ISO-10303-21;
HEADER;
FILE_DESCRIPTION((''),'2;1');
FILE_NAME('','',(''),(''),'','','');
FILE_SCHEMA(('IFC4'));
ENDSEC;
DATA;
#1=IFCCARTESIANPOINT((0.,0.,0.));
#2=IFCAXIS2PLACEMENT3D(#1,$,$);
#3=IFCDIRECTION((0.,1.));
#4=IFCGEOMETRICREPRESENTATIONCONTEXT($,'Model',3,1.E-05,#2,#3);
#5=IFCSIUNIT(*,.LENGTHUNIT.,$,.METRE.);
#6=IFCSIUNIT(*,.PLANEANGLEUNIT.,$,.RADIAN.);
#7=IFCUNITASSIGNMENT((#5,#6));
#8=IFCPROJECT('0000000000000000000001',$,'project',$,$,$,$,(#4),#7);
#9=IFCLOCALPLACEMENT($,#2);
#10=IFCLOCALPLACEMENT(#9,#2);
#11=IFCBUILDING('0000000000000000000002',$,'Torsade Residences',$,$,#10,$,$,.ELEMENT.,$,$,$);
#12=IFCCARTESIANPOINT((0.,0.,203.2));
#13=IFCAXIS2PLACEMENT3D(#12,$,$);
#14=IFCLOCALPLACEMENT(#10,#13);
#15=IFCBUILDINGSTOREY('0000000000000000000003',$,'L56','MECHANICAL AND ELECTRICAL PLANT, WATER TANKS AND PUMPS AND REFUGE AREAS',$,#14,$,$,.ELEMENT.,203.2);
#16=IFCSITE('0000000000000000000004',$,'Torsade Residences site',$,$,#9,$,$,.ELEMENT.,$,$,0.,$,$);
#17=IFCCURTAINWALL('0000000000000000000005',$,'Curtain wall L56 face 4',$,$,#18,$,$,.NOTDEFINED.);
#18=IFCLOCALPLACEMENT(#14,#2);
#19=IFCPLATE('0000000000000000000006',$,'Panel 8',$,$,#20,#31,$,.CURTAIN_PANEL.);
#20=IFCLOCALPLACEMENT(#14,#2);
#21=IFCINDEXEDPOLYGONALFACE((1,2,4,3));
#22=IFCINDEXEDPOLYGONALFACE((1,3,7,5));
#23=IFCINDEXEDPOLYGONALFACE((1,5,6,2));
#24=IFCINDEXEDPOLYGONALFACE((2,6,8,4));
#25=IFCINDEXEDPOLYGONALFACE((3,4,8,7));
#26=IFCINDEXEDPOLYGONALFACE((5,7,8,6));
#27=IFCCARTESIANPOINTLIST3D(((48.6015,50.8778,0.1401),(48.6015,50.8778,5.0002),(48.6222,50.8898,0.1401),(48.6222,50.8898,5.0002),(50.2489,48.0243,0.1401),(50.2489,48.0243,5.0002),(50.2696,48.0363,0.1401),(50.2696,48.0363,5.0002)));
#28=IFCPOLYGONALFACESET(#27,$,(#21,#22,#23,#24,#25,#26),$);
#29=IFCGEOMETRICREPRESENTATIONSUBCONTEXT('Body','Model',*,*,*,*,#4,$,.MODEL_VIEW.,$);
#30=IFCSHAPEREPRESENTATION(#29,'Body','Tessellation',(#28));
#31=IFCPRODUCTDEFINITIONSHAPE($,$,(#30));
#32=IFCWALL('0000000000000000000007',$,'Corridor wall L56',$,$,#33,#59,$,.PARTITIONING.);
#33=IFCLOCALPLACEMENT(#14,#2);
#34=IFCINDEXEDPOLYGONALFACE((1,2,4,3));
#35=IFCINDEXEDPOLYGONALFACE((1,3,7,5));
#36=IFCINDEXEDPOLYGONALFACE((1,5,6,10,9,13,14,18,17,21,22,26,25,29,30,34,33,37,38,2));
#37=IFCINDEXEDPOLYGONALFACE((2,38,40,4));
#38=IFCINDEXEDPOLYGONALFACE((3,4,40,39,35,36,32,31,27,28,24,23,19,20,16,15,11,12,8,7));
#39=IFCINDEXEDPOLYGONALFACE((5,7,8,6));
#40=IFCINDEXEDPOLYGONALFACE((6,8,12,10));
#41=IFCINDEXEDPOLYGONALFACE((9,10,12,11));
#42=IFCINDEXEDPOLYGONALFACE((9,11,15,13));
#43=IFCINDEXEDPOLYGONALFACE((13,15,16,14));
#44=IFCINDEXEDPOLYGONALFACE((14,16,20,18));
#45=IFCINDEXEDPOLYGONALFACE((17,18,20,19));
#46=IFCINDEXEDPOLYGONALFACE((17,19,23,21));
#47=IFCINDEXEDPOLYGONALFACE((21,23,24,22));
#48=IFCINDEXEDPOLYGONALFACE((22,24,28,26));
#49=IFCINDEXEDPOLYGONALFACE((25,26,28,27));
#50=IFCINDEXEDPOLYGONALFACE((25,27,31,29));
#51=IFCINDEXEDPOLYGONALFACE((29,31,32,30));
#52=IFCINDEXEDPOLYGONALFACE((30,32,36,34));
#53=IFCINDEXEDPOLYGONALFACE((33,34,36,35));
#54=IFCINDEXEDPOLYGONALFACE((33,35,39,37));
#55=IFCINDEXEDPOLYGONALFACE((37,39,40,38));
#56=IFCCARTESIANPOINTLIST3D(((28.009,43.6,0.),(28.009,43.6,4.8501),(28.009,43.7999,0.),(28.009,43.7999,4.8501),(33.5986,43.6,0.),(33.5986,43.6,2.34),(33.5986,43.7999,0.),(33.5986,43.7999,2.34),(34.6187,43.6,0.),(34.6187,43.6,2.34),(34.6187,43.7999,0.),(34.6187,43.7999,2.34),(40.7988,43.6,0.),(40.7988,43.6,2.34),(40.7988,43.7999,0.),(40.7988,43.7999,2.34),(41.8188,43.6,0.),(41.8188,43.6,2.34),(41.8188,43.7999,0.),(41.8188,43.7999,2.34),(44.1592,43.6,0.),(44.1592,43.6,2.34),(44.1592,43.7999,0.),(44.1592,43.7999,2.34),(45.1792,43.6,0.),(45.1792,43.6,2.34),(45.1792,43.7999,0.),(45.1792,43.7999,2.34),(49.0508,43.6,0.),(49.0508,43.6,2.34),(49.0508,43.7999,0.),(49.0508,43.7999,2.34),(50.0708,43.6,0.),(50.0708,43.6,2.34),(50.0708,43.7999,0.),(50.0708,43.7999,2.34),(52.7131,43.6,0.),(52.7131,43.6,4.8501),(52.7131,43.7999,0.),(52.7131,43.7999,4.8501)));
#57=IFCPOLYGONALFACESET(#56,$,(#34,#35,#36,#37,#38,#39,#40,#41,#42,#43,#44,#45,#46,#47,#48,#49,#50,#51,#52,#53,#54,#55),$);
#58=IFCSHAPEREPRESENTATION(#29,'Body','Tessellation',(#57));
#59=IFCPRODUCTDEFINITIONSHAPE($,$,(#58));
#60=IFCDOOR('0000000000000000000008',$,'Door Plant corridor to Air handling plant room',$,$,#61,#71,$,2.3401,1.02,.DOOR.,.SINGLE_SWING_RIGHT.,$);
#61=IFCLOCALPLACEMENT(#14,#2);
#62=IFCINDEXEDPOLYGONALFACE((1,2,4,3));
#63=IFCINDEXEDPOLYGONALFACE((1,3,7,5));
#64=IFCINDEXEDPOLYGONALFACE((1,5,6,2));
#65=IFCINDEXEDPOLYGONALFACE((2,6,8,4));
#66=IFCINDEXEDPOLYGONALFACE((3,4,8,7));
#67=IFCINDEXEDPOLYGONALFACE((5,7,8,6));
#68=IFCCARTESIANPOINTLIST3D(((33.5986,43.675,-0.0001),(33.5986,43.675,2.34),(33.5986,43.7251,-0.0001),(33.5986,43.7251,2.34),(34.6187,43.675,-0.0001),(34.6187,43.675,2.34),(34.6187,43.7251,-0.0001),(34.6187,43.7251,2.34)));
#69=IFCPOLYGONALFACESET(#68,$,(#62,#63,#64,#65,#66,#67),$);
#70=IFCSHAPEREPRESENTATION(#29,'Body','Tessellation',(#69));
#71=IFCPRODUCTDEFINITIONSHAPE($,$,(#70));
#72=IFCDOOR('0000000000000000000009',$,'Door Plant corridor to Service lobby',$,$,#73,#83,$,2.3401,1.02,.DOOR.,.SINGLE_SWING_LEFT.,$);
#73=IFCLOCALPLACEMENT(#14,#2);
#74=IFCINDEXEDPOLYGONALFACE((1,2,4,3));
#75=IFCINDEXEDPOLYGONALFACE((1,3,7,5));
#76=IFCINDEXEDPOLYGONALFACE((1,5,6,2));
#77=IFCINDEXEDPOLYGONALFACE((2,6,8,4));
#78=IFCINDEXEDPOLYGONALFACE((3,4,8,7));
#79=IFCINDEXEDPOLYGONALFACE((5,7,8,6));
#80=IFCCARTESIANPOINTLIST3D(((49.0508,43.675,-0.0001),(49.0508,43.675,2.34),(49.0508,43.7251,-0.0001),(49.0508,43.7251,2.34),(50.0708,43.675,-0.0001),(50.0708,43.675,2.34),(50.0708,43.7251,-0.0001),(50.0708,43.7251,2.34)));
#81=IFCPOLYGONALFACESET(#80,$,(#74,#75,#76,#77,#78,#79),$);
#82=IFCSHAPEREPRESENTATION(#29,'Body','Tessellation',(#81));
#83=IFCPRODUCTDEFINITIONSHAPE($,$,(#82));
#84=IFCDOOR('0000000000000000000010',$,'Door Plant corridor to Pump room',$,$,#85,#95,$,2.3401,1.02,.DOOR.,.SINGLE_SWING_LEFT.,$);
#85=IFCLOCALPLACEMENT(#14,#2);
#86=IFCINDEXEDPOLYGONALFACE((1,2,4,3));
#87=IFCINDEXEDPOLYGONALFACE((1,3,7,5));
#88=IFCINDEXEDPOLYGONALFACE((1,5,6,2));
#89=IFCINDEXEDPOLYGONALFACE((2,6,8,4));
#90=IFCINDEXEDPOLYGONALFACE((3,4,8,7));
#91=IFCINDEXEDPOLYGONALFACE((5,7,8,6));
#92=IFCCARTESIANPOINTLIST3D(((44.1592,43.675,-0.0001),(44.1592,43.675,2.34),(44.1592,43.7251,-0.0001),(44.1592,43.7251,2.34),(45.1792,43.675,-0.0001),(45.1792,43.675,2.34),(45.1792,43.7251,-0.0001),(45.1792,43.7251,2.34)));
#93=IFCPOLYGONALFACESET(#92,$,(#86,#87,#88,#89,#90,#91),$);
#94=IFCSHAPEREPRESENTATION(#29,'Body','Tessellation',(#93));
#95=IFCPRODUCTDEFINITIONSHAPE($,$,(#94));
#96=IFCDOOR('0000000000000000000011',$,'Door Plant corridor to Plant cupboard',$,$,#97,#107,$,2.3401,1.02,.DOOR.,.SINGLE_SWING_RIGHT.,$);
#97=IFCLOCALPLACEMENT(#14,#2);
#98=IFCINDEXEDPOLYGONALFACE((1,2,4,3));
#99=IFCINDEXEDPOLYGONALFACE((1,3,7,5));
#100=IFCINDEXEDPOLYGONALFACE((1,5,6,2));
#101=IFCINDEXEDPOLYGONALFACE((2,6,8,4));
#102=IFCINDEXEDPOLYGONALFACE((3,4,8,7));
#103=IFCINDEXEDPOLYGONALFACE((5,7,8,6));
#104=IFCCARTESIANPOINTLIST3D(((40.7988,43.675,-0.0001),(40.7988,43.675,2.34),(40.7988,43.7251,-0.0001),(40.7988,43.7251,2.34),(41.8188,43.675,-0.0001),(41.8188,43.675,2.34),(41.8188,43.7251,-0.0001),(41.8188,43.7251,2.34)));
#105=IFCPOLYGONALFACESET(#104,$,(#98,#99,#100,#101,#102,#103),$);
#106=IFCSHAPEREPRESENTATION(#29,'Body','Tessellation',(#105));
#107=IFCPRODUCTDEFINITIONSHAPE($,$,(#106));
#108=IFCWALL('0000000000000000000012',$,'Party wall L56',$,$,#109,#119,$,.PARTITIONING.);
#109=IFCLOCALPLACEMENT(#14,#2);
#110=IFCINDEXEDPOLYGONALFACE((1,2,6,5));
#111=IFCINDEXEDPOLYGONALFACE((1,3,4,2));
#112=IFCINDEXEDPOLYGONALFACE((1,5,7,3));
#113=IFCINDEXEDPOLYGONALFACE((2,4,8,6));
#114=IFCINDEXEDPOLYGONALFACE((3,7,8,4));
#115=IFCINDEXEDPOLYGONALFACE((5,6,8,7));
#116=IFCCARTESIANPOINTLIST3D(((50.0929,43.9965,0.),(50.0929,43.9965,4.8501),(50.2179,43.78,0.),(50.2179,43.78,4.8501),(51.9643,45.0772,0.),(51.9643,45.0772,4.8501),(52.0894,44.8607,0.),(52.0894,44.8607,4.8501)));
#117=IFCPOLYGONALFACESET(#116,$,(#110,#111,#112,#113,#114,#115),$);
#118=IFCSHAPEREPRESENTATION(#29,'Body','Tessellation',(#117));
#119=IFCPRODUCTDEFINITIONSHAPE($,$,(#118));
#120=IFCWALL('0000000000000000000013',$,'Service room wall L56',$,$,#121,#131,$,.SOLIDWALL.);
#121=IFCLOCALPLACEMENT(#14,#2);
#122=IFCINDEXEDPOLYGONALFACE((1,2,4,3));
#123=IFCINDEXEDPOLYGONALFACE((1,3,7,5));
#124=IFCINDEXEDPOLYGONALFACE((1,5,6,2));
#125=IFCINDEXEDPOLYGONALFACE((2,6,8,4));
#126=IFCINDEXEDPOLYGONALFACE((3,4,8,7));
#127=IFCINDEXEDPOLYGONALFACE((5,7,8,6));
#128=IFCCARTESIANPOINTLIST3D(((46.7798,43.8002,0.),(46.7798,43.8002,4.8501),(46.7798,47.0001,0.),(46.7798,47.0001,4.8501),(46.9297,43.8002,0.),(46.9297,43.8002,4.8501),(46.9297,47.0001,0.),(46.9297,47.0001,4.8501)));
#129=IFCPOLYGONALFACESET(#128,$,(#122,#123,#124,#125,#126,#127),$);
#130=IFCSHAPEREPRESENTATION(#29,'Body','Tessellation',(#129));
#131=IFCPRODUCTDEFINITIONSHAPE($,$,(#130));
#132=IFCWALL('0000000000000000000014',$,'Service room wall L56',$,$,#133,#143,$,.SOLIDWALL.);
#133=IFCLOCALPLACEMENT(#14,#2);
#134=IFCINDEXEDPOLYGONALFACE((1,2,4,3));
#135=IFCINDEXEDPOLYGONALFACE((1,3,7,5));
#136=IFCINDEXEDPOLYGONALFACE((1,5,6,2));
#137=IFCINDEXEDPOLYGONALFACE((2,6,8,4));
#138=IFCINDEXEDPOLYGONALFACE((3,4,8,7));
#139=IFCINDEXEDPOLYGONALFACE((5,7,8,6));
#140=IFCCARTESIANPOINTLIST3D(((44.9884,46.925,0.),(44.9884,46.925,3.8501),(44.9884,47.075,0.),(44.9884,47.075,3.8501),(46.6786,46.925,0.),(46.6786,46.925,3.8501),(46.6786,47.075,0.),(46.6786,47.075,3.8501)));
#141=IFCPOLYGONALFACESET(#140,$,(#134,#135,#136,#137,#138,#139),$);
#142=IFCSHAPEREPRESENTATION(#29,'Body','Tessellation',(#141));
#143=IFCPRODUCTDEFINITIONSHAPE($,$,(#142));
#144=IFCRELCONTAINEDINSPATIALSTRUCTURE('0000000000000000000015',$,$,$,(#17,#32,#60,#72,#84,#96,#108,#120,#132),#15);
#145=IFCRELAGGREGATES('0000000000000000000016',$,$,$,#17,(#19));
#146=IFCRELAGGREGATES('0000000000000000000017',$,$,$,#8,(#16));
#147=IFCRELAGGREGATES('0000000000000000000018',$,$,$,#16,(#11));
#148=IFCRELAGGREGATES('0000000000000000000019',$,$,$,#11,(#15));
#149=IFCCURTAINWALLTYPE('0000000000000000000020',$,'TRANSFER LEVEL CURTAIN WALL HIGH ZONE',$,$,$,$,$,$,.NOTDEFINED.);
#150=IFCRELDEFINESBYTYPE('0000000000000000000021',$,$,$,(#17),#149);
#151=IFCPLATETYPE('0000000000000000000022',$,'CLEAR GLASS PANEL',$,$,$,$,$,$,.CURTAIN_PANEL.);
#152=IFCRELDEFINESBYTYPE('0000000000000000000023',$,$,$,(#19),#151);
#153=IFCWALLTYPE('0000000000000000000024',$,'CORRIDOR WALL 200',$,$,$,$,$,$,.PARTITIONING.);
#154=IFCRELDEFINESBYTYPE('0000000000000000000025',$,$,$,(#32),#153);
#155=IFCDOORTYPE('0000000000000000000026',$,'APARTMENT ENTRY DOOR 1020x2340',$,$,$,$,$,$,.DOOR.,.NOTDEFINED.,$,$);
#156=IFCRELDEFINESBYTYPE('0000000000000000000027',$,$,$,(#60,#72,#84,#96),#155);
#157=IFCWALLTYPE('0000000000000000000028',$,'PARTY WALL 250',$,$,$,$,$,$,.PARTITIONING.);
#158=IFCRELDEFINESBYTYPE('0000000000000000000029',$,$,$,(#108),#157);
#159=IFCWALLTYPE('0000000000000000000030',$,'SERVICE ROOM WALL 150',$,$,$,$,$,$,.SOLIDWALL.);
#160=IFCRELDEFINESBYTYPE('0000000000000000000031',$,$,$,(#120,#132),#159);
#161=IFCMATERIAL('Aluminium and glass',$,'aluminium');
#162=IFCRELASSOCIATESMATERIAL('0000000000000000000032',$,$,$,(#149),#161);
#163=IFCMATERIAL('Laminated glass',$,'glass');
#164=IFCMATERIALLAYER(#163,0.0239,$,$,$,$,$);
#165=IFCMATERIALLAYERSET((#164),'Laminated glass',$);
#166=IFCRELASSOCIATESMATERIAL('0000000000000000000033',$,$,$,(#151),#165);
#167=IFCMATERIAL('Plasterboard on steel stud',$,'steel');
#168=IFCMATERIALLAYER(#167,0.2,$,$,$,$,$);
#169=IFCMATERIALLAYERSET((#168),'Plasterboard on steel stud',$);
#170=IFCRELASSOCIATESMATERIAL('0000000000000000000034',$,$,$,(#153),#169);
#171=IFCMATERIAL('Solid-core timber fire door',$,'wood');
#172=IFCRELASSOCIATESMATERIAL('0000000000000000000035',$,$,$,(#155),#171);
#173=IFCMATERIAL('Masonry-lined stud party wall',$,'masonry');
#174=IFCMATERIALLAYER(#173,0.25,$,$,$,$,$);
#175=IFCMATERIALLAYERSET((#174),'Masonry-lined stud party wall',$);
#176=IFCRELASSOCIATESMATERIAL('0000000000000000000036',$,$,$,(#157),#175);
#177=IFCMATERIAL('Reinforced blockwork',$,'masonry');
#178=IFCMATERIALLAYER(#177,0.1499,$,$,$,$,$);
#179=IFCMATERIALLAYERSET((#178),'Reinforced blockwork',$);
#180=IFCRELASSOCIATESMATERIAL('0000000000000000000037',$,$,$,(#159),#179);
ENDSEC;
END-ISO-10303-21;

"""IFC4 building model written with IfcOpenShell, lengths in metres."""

from ifc_helpers import new_model, si_unit, direction, frame, frame_2d, origin, origin_2d, place, context, subcontext, project, spatial, rectangle, extrude, material, layer, layer_set, type_object, element, fill, aggregate, save


model = new_model("IFC4")

# Units and contexts
model_context = context("Model", 3, precision=1e-05, world=origin(), true_north=direction((0.0, 1.0)))
body_context = subcontext(model_context, "Body", "Model", "MODEL_VIEW")
ifc_project = project(units=[si_unit("LENGTHUNIT", "METRE"), si_unit("PLANEANGLEUNIT", "RADIAN")], contexts=[model_context])

# Site, building, storey
site_placement = place(None, origin())
site = spatial("IfcSite", under=ifc_project, at=site_placement, Name="Torsade Residences site", CompositionType="ELEMENT", RefElevation=0.0)
building_placement = place(site_placement, origin())
building = spatial("IfcBuilding", under=site, at=building_placement, Name="Torsade Residences", CompositionType="ELEMENT")
storey_placement = place(building_placement, frame((0.0, 0.0, 203.2)))
storey = spatial("IfcBuildingStorey", under=building, at=storey_placement, Name="L56", Description="MECHANICAL AND ELECTRICAL PLANT, WATER TANKS AND PUMPS AND REFUGE AREAS", CompositionType="ELEMENT", Elevation=203.2)

# Curtain wall
ifc_material_1 = material(Name="Aluminium and glass", Category="aluminium")
curtain_wall_type = type_object("IfcCurtainWallType", Name="TRANSFER LEVEL CURTAIN WALL HIGH ZONE", PredefinedType="NOTDEFINED", material=ifc_material_1)
curtain_wall_1_placement = place(storey_placement, origin())
curtain_wall_1 = element("IfcCurtainWall", 1, at=curtain_wall_1_placement, inside=storey, type_object=curtain_wall_type, Name="Curtain wall L56 face 4", PredefinedType="NOTDEFINED")

# Plate
ifc_material_2 = material(Name="Laminated glass", Category="glass")
ifc_layer_1 = layer(ifc_material_2, 0.0239)
ifc_layer_set_1 = layer_set([ifc_layer_1], Name="Laminated glass")
plate_type = type_object("IfcPlateType", Name="CLEAR GLASS PANEL", PredefinedType="CURTAIN_PANEL", material=ifc_layer_set_1)
plate_1_placement = place(storey_placement, frame((49.4355, 49.457, 0.1401), z_axis=(0.0, 0.0, 1.0), x_axis=(-0.5, 0.866025, 0.0)))
plate_1 = element("IfcPlate", 2, at=plate_1_placement, type_object=plate_type, Name="Panel 8", PredefinedType="CURTAIN_PANEL", context=body_context, shape_type="SweptSolid", body=[
    extrude(rectangle(XDim=3.2949, YDim=0.0239, at=origin_2d()), origin(), (0.0, 0.0, 1.0), 4.8601),
])
aggregate(curtain_wall_1, [plate_1])

# Wall, openings, doors
ifc_material_3 = material(Name="Plasterboard on steel stud", Category="steel")
ifc_layer_2 = layer(ifc_material_3, 0.2)
ifc_layer_set_2 = layer_set([ifc_layer_2], Name="Plasterboard on steel stud")
wall_type_1 = type_object("IfcWallType", Name="CORRIDOR WALL 200", PredefinedType="PARTITIONING", material=ifc_layer_set_2)
wall_1_placement = place(storey_placement, frame((52.7131, 43.7, 0.0), z_axis=(0.0, 0.0, 1.0), x_axis=(-1.0, 0.0, 0.0)))
wall_1 = element("IfcWall", 3, at=wall_1_placement, inside=storey, type_object=wall_type_1, Name="Corridor wall L56", PredefinedType="PARTITIONING", context=body_context, shape_type="SweptSolid", body=[
    extrude(rectangle(XDim=24.7041, YDim=0.2, at=frame_2d((12.3521, 0.0))), origin(), (0.0, 0.0, 1.0), 4.8501),
])
opening_1_placement = place(wall_1_placement, frame((18.0945, 0.0, 0.0)))
opening_1 = element("IfcOpeningElement", 4, at=opening_1_placement, cuts=wall_1, PredefinedType="OPENING", context=body_context, shape_type="SweptSolid", body=[
    extrude(rectangle(XDim=1.02, YDim=2.3401, at=frame_2d((0.51, 1.1699))), frame((0.0, 0.1099, 0.0), z_axis=(0.0, -1.0, 0.0), x_axis=(1.0, 0.0, 0.0)), (0.0, 0.0, 1.0), 0.22),
])
opening_2_placement = place(wall_1_placement, frame((2.6423, 0.0, 0.0)))
opening_2 = element("IfcOpeningElement", 5, at=opening_2_placement, cuts=wall_1, PredefinedType="OPENING", context=body_context, shape_type="SweptSolid", body=[
    extrude(rectangle(XDim=1.02, YDim=2.3401, at=frame_2d((0.51, 1.1699))), frame((0.0, 0.1099, 0.0), z_axis=(0.0, -1.0, 0.0), x_axis=(1.0, 0.0, 0.0)), (0.0, 0.0, 1.0), 0.22),
])
opening_3_placement = place(wall_1_placement, frame((7.5339, 0.0, 0.0)))
opening_3 = element("IfcOpeningElement", 6, at=opening_3_placement, cuts=wall_1, PredefinedType="OPENING", context=body_context, shape_type="SweptSolid", body=[
    extrude(rectangle(XDim=1.02, YDim=2.3401, at=frame_2d((0.51, 1.1699))), frame((0.0, 0.1099, 0.0), z_axis=(0.0, -1.0, 0.0), x_axis=(1.0, 0.0, 0.0)), (0.0, 0.0, 1.0), 0.22),
])
opening_4_placement = place(wall_1_placement, frame((10.8943, 0.0, 0.0)))
opening_4 = element("IfcOpeningElement", 7, at=opening_4_placement, cuts=wall_1, PredefinedType="OPENING", context=body_context, shape_type="SweptSolid", body=[
    extrude(rectangle(XDim=1.02, YDim=2.3401, at=frame_2d((0.51, 1.1699))), frame((0.0, 0.1099, 0.0), z_axis=(0.0, -1.0, 0.0), x_axis=(1.0, 0.0, 0.0)), (0.0, 0.0, 1.0), 0.22),
])
ifc_material_4 = material(Name="Solid-core timber fire door", Category="wood")
door_type_1 = type_object("IfcDoorType", Name="APARTMENT ENTRY DOOR 1020x2340", OperationType="NOTDEFINED", PredefinedType="DOOR", material=ifc_material_4)
door_1_placement = place(opening_1_placement, origin())
door_1 = element("IfcDoor", 8, at=door_1_placement, inside=storey, type_object=door_type_1, Name="Door Plant corridor to Air handling plant room", OperationType="SINGLE_SWING_RIGHT", OverallHeight=2.3401, OverallWidth=1.02, PredefinedType="DOOR", context=body_context, shape_type="SweptSolid", body=[
    extrude(rectangle(XDim=1.02, YDim=2.3401, at=frame_2d((0.51, 1.1699))), frame((0.0, 0.0249, 0.0), z_axis=(0.0, -1.0, 0.0), x_axis=(1.0, 0.0, 0.0)), (0.0, 0.0, 1.0), 0.05),
])
fill(opening_1, door_1)
door_2_placement = place(opening_2_placement, origin())
door_2 = element("IfcDoor", 9, at=door_2_placement, inside=storey, type_object=door_type_1, Name="Door Plant corridor to Service lobby", OperationType="SINGLE_SWING_LEFT", OverallHeight=2.3401, OverallWidth=1.02, PredefinedType="DOOR", context=body_context, shape_type="SweptSolid", body=[
    extrude(rectangle(XDim=1.02, YDim=2.3401, at=frame_2d((0.51, 1.1699))), frame((0.0, 0.0249, 0.0), z_axis=(0.0, -1.0, 0.0), x_axis=(1.0, 0.0, 0.0)), (0.0, 0.0, 1.0), 0.05),
])
fill(opening_2, door_2)
door_3_placement = place(opening_3_placement, origin())
door_3 = element("IfcDoor", 10, at=door_3_placement, inside=storey, type_object=door_type_1, Name="Door Plant corridor to Pump room", OperationType="SINGLE_SWING_LEFT", OverallHeight=2.3401, OverallWidth=1.02, PredefinedType="DOOR", context=body_context, shape_type="SweptSolid", body=[
    extrude(rectangle(XDim=1.02, YDim=2.3401, at=frame_2d((0.51, 1.1699))), frame((0.0, 0.0249, 0.0), z_axis=(0.0, -1.0, 0.0), x_axis=(1.0, 0.0, 0.0)), (0.0, 0.0, 1.0), 0.05),
])
fill(opening_3, door_3)
door_4_placement = place(opening_4_placement, origin())
door_4 = element("IfcDoor", 11, at=door_4_placement, inside=storey, type_object=door_type_1, Name="Door Plant corridor to Plant cupboard", OperationType="SINGLE_SWING_RIGHT", OverallHeight=2.3401, OverallWidth=1.02, PredefinedType="DOOR", context=body_context, shape_type="SweptSolid", body=[
    extrude(rectangle(XDim=1.02, YDim=2.3401, at=frame_2d((0.51, 1.1699))), frame((0.0, 0.0249, 0.0), z_axis=(0.0, -1.0, 0.0), x_axis=(1.0, 0.0, 0.0)), (0.0, 0.0, 1.0), 0.05),
])
fill(opening_4, door_4)

# Walls
ifc_material_5 = material(Name="Masonry-lined stud party wall", Category="masonry")
ifc_layer_3 = layer(ifc_material_5, 0.25)
ifc_layer_set_3 = layer_set([ifc_layer_3], Name="Masonry-lined stud party wall")
wall_type_2 = type_object("IfcWallType", Name="PARTY WALL 250", PredefinedType="PARTITIONING", material=ifc_layer_set_3)
wall_2_placement = place(storey_placement, frame((52.0269, 44.969, 0.0), z_axis=(0.0, 0.0, 1.0), x_axis=(-0.865975, -0.500088, 0.0)))
element("IfcWall", 12, at=wall_2_placement, inside=storey, type_object=wall_type_2, Name="Party wall L56", PredefinedType="PARTITIONING", context=body_context, shape_type="SweptSolid", body=[
    extrude(rectangle(XDim=2.1611, YDim=0.25, at=frame_2d((1.0806, 0.0))), origin(), (0.0, 0.0, 1.0), 4.8501),
])
ifc_material_6 = material(Name="Reinforced blockwork", Category="masonry")
ifc_layer_4 = layer(ifc_material_6, 0.1499)
ifc_layer_set_4 = layer_set([ifc_layer_4], Name="Reinforced blockwork")
wall_type_3 = type_object("IfcWallType", Name="SERVICE ROOM WALL 150", PredefinedType="SOLIDWALL", material=ifc_layer_set_4)
wall_3_placement = place(storey_placement, frame((46.8547, 43.8, 0.0), z_axis=(0.0, 0.0, 1.0), x_axis=(0.0, 1.0, 0.0)))
element("IfcWall", 13, at=wall_3_placement, inside=storey, type_object=wall_type_3, Name="Service room wall L56", PredefinedType="SOLIDWALL", context=body_context, shape_type="SweptSolid", body=[
    extrude(rectangle(XDim=3.2, YDim=0.1499, at=frame_2d((1.6001, 0.0))), origin(), (0.0, 0.0, 1.0), 4.8501),
])
wall_4_placement = place(storey_placement, frame((44.9883, 47.0, 0.0), z_axis=(0.0, 0.0, 1.0), x_axis=(1.0, 0.0, 0.0)))
element("IfcWall", 14, at=wall_4_placement, inside=storey, type_object=wall_type_3, Name="Service room wall L56", PredefinedType="SOLIDWALL", context=body_context, shape_type="SweptSolid", body=[
    extrude(rectangle(XDim=1.6902, YDim=0.1499, at=frame_2d((0.8452, 0.0))), origin(), (0.0, 0.0, 1.0), 3.8501),
])

save(model, "model.ifc")
